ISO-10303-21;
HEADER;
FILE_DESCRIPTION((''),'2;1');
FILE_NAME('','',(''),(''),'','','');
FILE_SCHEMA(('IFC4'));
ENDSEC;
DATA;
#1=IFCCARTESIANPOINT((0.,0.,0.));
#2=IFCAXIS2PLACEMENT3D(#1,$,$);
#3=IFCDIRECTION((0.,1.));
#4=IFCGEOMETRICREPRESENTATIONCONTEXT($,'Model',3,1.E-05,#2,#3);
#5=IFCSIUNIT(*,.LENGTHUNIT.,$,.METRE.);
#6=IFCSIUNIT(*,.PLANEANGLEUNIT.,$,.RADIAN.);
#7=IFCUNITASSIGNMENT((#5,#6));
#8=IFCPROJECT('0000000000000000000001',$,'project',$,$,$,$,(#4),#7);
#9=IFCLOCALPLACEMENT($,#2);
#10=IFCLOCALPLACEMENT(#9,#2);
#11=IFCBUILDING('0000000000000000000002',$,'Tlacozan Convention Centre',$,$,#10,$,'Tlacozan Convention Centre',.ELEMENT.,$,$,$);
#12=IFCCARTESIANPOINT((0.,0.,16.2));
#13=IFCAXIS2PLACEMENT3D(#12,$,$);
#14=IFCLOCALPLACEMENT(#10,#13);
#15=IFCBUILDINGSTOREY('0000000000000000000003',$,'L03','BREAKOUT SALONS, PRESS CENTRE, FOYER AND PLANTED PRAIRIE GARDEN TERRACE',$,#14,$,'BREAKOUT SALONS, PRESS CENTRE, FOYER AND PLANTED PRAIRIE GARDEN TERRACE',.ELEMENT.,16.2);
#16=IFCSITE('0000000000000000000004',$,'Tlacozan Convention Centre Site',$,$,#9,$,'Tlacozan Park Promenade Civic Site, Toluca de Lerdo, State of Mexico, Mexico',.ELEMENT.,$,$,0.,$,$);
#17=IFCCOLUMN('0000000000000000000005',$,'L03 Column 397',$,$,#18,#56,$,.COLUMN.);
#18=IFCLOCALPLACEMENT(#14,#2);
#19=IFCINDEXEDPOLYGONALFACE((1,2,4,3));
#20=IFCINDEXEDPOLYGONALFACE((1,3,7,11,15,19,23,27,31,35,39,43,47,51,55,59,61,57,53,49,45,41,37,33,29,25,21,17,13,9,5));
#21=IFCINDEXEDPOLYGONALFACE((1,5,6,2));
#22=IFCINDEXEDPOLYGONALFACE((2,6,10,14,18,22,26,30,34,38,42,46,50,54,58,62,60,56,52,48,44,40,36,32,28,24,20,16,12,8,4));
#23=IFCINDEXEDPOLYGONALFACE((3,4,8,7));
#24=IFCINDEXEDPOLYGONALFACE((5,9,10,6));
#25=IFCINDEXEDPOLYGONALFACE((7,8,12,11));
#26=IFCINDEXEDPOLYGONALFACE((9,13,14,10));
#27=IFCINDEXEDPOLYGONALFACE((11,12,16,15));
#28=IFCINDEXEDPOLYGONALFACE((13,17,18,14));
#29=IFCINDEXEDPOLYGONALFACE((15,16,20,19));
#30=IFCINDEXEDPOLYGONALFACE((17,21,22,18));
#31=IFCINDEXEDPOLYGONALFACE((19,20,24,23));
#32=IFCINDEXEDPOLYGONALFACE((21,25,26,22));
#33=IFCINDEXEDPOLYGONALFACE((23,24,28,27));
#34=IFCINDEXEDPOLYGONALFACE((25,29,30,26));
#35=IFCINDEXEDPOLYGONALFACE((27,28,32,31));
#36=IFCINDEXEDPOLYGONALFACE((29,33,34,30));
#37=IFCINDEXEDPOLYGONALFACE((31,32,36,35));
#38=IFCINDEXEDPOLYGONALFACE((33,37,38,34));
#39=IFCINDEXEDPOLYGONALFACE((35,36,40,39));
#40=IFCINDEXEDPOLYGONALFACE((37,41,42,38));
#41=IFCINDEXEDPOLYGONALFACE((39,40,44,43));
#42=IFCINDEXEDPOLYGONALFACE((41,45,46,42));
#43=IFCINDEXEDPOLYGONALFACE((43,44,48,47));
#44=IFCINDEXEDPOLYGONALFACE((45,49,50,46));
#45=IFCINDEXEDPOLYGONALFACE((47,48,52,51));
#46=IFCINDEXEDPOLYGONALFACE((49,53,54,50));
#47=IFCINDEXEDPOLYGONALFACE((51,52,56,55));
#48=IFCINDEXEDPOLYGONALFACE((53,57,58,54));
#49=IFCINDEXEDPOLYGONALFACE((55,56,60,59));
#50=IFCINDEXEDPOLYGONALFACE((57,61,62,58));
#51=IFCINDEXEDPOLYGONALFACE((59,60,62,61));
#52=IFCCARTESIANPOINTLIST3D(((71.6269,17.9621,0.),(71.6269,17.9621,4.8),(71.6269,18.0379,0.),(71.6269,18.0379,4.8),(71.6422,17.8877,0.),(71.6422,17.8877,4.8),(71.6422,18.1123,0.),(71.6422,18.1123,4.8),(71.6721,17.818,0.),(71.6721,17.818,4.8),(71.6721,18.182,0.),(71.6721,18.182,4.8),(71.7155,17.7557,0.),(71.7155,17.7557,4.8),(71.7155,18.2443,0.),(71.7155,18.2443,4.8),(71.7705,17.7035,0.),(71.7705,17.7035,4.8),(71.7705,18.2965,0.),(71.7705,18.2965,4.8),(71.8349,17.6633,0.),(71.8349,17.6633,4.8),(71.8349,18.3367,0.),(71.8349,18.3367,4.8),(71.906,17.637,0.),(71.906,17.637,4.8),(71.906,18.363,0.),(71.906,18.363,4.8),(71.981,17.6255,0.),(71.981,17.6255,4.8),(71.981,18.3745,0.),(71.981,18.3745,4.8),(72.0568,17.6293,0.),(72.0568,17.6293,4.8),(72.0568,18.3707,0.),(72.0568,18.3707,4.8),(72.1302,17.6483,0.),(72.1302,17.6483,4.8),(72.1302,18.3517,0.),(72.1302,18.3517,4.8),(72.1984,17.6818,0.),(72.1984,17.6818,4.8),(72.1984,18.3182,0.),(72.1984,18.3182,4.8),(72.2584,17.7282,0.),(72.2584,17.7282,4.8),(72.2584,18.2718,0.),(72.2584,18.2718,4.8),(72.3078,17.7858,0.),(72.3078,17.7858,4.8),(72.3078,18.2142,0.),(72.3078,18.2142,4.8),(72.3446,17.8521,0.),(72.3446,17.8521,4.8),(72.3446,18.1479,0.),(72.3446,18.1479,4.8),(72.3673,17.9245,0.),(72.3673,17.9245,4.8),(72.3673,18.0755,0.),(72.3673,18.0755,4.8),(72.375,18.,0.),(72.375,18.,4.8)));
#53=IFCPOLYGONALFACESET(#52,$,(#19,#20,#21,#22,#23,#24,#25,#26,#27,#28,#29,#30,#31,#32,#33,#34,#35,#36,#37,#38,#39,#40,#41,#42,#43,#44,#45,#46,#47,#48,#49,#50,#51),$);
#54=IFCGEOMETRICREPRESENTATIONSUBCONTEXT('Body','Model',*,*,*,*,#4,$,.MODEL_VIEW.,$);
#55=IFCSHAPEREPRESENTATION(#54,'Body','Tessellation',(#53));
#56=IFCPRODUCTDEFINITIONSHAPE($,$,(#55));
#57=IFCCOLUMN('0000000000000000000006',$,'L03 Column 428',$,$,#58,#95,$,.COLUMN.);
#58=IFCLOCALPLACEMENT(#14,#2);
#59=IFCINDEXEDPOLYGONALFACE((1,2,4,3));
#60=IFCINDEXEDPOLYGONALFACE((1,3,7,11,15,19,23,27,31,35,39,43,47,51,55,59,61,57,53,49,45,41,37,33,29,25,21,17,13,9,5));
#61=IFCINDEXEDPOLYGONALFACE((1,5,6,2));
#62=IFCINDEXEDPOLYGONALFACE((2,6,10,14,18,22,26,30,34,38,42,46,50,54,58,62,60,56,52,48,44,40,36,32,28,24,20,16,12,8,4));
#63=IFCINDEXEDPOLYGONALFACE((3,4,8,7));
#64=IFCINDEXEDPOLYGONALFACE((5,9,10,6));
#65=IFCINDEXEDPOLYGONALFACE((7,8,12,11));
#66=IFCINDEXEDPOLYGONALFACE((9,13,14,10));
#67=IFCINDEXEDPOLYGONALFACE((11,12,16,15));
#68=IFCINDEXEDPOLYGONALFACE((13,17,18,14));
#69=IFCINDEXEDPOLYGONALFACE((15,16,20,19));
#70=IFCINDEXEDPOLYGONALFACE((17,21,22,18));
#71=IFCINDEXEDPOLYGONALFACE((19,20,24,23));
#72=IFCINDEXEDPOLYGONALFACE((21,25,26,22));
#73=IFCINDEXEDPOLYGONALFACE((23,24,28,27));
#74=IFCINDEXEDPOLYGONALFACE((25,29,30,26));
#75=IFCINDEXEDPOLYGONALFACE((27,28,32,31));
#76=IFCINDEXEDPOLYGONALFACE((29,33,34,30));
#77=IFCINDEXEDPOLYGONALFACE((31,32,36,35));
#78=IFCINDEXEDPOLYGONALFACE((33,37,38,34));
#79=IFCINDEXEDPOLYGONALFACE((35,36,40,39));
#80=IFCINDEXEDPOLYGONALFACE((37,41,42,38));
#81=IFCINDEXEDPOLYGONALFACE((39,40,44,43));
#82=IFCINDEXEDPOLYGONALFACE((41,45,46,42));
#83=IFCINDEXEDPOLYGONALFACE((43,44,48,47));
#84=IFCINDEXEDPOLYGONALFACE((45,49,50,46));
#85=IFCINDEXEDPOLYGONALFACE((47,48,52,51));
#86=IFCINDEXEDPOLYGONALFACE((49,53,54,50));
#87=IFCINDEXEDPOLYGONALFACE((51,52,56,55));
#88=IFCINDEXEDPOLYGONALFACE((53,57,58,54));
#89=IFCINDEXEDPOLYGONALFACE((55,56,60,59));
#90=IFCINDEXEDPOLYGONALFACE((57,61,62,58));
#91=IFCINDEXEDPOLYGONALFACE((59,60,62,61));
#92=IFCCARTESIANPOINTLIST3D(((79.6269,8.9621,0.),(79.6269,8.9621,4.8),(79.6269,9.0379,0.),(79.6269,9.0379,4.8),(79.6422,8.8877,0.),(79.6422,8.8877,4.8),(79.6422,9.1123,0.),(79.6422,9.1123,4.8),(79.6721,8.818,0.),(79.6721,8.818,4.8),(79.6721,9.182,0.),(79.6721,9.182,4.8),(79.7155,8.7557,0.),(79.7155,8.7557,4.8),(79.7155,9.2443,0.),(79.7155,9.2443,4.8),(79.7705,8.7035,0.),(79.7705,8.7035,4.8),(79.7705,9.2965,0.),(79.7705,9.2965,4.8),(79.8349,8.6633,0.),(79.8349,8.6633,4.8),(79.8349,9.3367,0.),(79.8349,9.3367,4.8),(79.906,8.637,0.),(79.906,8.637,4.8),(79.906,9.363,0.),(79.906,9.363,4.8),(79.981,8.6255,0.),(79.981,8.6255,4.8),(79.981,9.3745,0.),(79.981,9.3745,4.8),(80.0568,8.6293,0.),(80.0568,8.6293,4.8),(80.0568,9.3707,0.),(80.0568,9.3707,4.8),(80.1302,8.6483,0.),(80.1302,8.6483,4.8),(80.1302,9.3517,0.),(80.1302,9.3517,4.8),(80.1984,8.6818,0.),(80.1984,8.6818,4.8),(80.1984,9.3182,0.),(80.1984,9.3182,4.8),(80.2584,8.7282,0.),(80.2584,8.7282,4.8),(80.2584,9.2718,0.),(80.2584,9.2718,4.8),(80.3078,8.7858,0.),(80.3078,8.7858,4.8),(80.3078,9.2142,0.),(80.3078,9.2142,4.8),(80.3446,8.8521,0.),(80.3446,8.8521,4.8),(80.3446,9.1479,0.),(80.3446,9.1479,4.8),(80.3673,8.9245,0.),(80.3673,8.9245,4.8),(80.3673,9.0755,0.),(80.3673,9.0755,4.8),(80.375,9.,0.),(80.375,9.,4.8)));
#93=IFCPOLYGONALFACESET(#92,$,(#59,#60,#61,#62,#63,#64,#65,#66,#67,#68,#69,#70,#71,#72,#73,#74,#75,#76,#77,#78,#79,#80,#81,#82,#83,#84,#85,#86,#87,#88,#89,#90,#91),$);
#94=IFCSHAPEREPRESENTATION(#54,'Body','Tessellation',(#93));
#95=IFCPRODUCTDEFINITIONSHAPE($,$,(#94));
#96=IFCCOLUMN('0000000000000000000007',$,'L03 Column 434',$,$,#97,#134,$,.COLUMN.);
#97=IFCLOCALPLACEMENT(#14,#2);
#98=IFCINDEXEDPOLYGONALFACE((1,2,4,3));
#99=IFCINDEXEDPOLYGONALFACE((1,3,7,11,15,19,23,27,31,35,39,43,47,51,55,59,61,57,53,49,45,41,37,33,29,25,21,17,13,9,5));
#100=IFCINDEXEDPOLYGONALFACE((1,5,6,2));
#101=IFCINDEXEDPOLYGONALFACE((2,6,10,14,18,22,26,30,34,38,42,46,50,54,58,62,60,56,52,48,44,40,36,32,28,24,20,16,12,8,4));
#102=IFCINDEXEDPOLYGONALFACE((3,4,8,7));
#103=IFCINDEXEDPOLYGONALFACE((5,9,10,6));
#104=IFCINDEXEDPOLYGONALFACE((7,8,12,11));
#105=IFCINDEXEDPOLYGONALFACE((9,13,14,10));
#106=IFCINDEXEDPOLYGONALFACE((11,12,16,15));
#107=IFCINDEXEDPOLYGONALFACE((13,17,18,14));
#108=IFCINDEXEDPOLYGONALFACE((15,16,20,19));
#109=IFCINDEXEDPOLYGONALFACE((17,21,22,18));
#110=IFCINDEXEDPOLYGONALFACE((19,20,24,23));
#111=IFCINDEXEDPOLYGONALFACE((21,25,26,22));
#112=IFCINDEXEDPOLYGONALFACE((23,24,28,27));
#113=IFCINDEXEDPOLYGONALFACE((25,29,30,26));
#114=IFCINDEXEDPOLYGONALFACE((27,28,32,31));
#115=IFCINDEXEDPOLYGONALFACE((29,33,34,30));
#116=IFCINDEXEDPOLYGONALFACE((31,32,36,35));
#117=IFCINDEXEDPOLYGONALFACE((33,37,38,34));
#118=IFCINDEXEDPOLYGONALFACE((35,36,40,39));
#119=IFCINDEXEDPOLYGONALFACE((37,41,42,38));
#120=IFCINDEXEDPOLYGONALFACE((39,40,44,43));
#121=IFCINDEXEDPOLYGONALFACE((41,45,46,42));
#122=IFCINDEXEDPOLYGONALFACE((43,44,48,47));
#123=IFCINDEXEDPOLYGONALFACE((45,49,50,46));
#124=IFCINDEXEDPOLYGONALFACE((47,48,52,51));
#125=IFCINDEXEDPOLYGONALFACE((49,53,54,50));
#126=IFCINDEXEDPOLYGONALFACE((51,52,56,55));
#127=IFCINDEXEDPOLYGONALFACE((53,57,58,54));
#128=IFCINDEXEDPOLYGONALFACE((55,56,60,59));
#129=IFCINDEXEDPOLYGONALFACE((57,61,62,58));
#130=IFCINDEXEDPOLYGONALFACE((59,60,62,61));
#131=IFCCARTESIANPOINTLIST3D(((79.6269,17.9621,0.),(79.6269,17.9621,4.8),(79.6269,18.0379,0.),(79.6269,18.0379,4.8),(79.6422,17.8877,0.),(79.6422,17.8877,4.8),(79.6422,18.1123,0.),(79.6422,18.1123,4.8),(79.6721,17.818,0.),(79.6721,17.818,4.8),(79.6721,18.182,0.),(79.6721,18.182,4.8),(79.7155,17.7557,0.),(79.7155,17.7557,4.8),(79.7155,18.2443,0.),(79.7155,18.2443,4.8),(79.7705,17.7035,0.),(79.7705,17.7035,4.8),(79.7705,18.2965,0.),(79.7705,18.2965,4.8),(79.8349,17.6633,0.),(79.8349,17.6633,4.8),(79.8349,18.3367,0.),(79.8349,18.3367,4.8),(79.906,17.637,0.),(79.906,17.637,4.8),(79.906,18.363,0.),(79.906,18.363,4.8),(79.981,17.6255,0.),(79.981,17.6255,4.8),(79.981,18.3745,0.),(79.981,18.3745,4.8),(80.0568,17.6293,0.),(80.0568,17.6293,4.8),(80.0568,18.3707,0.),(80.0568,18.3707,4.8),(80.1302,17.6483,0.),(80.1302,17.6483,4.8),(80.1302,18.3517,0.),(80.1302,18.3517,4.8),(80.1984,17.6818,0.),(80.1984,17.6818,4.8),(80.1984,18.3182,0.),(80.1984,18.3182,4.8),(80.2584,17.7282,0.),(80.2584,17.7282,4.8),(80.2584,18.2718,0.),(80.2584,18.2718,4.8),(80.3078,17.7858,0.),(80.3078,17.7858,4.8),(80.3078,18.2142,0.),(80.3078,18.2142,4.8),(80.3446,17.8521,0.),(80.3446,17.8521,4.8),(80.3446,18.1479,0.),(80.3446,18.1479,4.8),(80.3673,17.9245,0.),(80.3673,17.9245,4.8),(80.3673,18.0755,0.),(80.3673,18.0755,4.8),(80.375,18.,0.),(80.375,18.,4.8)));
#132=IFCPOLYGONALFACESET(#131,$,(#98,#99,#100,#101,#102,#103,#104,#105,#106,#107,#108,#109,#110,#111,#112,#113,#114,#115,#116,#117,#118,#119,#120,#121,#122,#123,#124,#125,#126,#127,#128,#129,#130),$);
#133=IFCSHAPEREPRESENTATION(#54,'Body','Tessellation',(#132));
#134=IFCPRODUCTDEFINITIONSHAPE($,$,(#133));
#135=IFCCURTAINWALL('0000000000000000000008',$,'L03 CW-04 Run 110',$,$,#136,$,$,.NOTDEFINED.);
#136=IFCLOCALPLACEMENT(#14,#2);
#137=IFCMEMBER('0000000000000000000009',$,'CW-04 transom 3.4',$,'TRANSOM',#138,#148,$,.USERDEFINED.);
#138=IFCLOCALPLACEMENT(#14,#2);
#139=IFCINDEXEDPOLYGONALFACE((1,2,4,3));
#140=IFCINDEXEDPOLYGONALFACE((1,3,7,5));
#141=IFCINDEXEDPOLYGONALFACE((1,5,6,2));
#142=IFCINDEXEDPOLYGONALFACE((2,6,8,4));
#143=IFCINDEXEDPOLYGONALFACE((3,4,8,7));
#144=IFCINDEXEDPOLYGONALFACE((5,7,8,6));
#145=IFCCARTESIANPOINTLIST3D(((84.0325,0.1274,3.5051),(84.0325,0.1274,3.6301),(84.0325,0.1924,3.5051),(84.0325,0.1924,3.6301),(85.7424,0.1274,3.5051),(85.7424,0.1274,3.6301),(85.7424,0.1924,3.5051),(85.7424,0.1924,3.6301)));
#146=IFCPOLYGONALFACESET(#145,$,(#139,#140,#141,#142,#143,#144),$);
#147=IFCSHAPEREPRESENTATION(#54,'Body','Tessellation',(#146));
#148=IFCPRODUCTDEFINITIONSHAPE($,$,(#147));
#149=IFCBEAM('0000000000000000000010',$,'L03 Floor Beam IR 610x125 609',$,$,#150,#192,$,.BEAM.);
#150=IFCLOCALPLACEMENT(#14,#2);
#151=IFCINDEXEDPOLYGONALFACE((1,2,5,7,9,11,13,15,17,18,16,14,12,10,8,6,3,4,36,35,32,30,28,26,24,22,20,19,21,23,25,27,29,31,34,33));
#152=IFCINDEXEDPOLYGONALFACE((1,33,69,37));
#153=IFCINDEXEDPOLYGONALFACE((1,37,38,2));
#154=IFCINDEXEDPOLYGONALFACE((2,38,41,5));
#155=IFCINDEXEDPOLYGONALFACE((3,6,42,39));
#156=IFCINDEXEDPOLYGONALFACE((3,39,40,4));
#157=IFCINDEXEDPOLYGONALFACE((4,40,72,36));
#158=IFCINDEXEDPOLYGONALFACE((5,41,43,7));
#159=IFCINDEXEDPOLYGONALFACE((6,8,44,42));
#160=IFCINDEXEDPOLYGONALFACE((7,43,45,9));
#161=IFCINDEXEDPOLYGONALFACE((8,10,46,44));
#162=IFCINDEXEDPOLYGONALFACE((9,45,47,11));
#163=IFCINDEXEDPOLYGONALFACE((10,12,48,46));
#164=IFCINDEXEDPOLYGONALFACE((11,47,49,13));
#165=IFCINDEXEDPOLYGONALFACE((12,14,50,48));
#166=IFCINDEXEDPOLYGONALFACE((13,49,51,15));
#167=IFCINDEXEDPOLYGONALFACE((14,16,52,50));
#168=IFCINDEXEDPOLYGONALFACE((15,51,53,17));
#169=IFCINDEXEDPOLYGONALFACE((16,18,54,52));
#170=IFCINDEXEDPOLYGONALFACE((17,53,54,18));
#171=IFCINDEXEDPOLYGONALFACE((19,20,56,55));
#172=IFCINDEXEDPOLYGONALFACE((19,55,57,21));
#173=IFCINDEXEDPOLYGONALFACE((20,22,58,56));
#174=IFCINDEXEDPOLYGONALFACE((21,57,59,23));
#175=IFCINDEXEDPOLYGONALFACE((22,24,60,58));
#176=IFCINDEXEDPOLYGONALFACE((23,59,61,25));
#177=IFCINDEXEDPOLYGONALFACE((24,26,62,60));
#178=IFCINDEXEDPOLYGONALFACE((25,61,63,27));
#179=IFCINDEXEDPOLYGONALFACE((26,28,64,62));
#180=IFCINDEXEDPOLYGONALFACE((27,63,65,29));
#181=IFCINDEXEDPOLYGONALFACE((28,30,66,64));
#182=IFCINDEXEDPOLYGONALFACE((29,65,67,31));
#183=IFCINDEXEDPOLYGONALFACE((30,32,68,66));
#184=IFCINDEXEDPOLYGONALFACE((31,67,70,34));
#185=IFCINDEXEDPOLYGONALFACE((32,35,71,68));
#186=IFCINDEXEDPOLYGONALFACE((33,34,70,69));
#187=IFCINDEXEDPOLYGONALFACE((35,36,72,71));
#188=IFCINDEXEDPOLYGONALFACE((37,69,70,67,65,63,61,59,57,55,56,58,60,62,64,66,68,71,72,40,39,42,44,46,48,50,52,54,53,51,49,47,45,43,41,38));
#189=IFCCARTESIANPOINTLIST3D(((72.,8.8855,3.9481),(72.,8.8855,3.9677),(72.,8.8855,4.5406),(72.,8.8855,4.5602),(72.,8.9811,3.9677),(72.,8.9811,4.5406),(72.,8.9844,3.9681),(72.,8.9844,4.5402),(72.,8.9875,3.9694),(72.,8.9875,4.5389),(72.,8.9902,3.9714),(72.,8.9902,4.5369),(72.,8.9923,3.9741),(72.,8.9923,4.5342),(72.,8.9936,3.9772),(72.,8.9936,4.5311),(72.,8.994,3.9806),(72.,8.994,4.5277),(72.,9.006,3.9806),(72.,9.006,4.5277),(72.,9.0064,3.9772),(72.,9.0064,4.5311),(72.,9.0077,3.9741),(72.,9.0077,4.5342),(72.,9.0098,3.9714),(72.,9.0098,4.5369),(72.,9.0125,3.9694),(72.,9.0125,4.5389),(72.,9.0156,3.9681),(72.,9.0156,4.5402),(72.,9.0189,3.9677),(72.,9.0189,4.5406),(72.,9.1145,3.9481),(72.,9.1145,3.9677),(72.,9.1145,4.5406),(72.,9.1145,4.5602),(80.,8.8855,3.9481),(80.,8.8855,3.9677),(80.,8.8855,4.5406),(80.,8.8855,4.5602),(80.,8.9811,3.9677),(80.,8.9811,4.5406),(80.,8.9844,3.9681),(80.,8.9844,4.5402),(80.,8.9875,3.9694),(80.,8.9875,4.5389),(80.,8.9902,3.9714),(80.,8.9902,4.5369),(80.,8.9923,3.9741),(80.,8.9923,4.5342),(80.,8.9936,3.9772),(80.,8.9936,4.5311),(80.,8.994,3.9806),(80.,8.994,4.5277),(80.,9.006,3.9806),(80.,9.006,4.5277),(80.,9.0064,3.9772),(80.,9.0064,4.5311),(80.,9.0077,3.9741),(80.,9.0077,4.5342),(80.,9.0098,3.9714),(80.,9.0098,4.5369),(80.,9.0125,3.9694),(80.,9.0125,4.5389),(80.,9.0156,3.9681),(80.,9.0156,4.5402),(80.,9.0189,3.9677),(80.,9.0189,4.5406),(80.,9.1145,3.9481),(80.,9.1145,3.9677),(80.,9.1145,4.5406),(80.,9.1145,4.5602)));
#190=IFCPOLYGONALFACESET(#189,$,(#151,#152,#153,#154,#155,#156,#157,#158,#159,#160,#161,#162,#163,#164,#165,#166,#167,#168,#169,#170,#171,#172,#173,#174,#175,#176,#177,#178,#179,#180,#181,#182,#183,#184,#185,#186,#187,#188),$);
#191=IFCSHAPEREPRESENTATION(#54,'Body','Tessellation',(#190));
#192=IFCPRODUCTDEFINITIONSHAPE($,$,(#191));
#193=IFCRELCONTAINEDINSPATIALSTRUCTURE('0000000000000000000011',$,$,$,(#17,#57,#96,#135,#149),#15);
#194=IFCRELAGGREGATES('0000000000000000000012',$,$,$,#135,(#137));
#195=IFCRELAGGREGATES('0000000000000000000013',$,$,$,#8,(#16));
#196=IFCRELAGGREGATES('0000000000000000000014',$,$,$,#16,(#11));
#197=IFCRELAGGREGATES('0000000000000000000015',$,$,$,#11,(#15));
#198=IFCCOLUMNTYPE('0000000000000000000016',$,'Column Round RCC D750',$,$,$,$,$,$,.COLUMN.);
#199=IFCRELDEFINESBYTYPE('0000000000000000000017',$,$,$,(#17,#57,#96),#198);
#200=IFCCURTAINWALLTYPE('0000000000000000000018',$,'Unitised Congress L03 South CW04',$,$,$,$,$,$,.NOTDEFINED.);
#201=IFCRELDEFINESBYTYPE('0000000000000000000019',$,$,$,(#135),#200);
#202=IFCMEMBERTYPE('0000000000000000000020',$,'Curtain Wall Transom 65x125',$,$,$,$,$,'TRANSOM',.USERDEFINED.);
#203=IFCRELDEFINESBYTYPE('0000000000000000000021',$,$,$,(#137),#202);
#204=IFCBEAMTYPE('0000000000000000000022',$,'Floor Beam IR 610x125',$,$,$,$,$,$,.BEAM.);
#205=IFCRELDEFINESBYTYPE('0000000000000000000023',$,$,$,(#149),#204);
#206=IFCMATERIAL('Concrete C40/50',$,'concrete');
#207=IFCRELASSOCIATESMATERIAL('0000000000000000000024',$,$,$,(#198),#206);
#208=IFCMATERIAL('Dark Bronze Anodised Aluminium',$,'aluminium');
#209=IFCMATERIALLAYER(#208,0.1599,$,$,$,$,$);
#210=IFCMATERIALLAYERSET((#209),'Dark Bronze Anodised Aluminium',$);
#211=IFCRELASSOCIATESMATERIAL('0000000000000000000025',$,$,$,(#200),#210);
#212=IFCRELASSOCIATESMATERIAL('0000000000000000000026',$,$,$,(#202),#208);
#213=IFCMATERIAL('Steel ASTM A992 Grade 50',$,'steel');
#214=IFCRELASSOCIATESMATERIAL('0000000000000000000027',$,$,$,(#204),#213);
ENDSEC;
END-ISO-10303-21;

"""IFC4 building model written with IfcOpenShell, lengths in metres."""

from ifc_helpers import new_model, si_unit, direction, frame, origin, origin_2d, place, context, subcontext, project, spatial, rectangle, circle, i_section, extrude, material, layer, layer_set, material_profile, profile_set, type_object, element, aggregate, save


model = new_model("IFC4")

# Units and contexts
model_context = context("Model", 3, precision=1e-05, world=origin(), true_north=direction((0.0, 1.0)))
body_context = subcontext(model_context, "Body", "Model", "MODEL_VIEW")
ifc_project = project(units=[si_unit("LENGTHUNIT", "METRE"), si_unit("PLANEANGLEUNIT", "RADIAN")], contexts=[model_context])

# Site, building, storey
site_placement = place(None, origin())
site = spatial("IfcSite", under=ifc_project, at=site_placement, Name="Tlacozan Convention Centre Site", LongName="Tlacozan Park Promenade Civic Site, Toluca de Lerdo, State of Mexico, Mexico", CompositionType="ELEMENT", RefElevation=0.0)
building_placement = place(site_placement, origin())
building = spatial("IfcBuilding", under=site, at=building_placement, Name="Tlacozan Convention Centre", LongName="Tlacozan Convention Centre", CompositionType="ELEMENT")
storey_placement = place(building_placement, frame((0.0, 0.0, 16.2)))
storey = spatial("IfcBuildingStorey", under=building, at=storey_placement, Name="L03", Description="BREAKOUT SALONS, PRESS CENTRE, FOYER AND PLANTED PRAIRIE GARDEN TERRACE", LongName="BREAKOUT SALONS, PRESS CENTRE, FOYER AND PLANTED PRAIRIE GARDEN TERRACE", CompositionType="ELEMENT", Elevation=16.2)

# Columns
ifc_material_1 = material(Name="Concrete C40/50", Category="concrete")
ifc_material_profile_1 = material_profile(ifc_material_1, circle(Radius=0.375, at=origin_2d()), Name="RCC D750")
ifc_profile_set_1 = profile_set([ifc_material_profile_1], Name="Concrete C40/50")
column_type = type_object("IfcColumnType", Name="Column Round RCC D750", PredefinedType="COLUMN", material=ifc_profile_set_1)
for number, where, z_axis, x_axis, name in (
    (1, (72.0, 18.0, 0.0), (0.0, 0.0, 1.0), (1.0, 0.0, 0.0), "L03 Column 397"),
    (2, (80.0, 9.0, 0.0), (0.0, 0.0, 1.0), (1.0, 0.0, 0.0), "L03 Column 428"),
    (3, (80.0, 18.0, 0.0), (0.0, 0.0, 1.0), (1.0, 0.0, 0.0), "L03 Column 434"),
):
    element("IfcColumn", number, at=place(storey_placement, frame(where, z_axis=z_axis, x_axis=x_axis)), inside=storey, type_object=column_type, Name=name, PredefinedType="COLUMN", context=body_context, shape_type="SweptSolid", body=[
        extrude(circle(Radius=0.375, at=origin_2d()), origin(), (0.0, 0.0, 1.0), 4.8),
    ])

# Curtain wall, member
ifc_material_2 = material(Name="Dark Bronze Anodised Aluminium", Category="aluminium")
ifc_layer_1 = layer(ifc_material_2, 0.1599)
ifc_layer_set_1 = layer_set([ifc_layer_1], Name="Dark Bronze Anodised Aluminium")
curtain_wall_type = type_object("IfcCurtainWallType", Name="Unitised Congress L03 South CW04", PredefinedType="NOTDEFINED", material=ifc_layer_set_1)
curtain_wall_placement = place(storey_placement, origin())
curtain_wall = element("IfcCurtainWall", 4, at=curtain_wall_placement, inside=storey, type_object=curtain_wall_type, Name="L03 CW-04 Run 110", PredefinedType="NOTDEFINED")
ifc_material_profile_2 = material_profile(ifc_material_2, rectangle(XDim=0.0649, YDim=0.125, at=origin_2d()), Name="ALU 65x125")
ifc_profile_set_2 = profile_set([ifc_material_profile_2], Name="Dark Bronze Anodised Aluminium")
member_type = type_object("IfcMemberType", Name="Curtain Wall Transom 65x125", ElementType="TRANSOM", PredefinedType="USERDEFINED", material=ifc_profile_set_2)
member_placement = place(storey_placement, frame((84.0325, 0.1599, 3.5676), z_axis=(1.0, 0.0, 0.0), x_axis=(0.0, 1.0, 0.0)))
member = element("IfcMember", 5, at=member_placement, type_object=member_type, Name="CW-04 transom 3.4", ObjectType="TRANSOM", PredefinedType="USERDEFINED", context=body_context, shape_type="SweptSolid", body=[
    extrude(rectangle(XDim=0.0649, YDim=0.125, at=origin_2d()), origin(), (0.0, 0.0, 1.0), 1.71),
])

# Beam
ifc_material_3 = material(Name="Steel ASTM A992 Grade 50", Category="steel")
ifc_material_profile_3 = material_profile(ifc_material_3, i_section(OverallWidth=0.229, OverallDepth=0.6121, WebThickness=0.012, FlangeThickness=0.0195, FilletRadius=0.0129, at=origin_2d()), Name="IR 610x125.0")
ifc_profile_set_3 = profile_set([ifc_material_profile_3], Name="Steel ASTM A992 Grade 50")
beam_type_1 = type_object("IfcBeamType", Name="Floor Beam IR 610x125", PredefinedType="BEAM", material=ifc_profile_set_3)
for number, where, z_axis, x_axis, name in (
    (6, (72.0, 9.0, 4.2542), (1.0, 0.0, 0.0), (0.0, 1.0, 0.0), "L03 Floor Beam IR 610x125 609"),
):
    element("IfcBeam", number, at=place(storey_placement, frame(where, z_axis=z_axis, x_axis=x_axis)), inside=storey, type_object=beam_type_1, Name=name, PredefinedType="BEAM", context=body_context, shape_type="SweptSolid", body=[
        extrude(i_section(OverallWidth=0.229, OverallDepth=0.6121, WebThickness=0.012, FlangeThickness=0.0195, FilletRadius=0.0129, at=origin_2d()), origin(), (0.0, 0.0, 1.0), 8.0),
    ])

aggregate(curtain_wall, [member])

save(model, "model.ifc")
